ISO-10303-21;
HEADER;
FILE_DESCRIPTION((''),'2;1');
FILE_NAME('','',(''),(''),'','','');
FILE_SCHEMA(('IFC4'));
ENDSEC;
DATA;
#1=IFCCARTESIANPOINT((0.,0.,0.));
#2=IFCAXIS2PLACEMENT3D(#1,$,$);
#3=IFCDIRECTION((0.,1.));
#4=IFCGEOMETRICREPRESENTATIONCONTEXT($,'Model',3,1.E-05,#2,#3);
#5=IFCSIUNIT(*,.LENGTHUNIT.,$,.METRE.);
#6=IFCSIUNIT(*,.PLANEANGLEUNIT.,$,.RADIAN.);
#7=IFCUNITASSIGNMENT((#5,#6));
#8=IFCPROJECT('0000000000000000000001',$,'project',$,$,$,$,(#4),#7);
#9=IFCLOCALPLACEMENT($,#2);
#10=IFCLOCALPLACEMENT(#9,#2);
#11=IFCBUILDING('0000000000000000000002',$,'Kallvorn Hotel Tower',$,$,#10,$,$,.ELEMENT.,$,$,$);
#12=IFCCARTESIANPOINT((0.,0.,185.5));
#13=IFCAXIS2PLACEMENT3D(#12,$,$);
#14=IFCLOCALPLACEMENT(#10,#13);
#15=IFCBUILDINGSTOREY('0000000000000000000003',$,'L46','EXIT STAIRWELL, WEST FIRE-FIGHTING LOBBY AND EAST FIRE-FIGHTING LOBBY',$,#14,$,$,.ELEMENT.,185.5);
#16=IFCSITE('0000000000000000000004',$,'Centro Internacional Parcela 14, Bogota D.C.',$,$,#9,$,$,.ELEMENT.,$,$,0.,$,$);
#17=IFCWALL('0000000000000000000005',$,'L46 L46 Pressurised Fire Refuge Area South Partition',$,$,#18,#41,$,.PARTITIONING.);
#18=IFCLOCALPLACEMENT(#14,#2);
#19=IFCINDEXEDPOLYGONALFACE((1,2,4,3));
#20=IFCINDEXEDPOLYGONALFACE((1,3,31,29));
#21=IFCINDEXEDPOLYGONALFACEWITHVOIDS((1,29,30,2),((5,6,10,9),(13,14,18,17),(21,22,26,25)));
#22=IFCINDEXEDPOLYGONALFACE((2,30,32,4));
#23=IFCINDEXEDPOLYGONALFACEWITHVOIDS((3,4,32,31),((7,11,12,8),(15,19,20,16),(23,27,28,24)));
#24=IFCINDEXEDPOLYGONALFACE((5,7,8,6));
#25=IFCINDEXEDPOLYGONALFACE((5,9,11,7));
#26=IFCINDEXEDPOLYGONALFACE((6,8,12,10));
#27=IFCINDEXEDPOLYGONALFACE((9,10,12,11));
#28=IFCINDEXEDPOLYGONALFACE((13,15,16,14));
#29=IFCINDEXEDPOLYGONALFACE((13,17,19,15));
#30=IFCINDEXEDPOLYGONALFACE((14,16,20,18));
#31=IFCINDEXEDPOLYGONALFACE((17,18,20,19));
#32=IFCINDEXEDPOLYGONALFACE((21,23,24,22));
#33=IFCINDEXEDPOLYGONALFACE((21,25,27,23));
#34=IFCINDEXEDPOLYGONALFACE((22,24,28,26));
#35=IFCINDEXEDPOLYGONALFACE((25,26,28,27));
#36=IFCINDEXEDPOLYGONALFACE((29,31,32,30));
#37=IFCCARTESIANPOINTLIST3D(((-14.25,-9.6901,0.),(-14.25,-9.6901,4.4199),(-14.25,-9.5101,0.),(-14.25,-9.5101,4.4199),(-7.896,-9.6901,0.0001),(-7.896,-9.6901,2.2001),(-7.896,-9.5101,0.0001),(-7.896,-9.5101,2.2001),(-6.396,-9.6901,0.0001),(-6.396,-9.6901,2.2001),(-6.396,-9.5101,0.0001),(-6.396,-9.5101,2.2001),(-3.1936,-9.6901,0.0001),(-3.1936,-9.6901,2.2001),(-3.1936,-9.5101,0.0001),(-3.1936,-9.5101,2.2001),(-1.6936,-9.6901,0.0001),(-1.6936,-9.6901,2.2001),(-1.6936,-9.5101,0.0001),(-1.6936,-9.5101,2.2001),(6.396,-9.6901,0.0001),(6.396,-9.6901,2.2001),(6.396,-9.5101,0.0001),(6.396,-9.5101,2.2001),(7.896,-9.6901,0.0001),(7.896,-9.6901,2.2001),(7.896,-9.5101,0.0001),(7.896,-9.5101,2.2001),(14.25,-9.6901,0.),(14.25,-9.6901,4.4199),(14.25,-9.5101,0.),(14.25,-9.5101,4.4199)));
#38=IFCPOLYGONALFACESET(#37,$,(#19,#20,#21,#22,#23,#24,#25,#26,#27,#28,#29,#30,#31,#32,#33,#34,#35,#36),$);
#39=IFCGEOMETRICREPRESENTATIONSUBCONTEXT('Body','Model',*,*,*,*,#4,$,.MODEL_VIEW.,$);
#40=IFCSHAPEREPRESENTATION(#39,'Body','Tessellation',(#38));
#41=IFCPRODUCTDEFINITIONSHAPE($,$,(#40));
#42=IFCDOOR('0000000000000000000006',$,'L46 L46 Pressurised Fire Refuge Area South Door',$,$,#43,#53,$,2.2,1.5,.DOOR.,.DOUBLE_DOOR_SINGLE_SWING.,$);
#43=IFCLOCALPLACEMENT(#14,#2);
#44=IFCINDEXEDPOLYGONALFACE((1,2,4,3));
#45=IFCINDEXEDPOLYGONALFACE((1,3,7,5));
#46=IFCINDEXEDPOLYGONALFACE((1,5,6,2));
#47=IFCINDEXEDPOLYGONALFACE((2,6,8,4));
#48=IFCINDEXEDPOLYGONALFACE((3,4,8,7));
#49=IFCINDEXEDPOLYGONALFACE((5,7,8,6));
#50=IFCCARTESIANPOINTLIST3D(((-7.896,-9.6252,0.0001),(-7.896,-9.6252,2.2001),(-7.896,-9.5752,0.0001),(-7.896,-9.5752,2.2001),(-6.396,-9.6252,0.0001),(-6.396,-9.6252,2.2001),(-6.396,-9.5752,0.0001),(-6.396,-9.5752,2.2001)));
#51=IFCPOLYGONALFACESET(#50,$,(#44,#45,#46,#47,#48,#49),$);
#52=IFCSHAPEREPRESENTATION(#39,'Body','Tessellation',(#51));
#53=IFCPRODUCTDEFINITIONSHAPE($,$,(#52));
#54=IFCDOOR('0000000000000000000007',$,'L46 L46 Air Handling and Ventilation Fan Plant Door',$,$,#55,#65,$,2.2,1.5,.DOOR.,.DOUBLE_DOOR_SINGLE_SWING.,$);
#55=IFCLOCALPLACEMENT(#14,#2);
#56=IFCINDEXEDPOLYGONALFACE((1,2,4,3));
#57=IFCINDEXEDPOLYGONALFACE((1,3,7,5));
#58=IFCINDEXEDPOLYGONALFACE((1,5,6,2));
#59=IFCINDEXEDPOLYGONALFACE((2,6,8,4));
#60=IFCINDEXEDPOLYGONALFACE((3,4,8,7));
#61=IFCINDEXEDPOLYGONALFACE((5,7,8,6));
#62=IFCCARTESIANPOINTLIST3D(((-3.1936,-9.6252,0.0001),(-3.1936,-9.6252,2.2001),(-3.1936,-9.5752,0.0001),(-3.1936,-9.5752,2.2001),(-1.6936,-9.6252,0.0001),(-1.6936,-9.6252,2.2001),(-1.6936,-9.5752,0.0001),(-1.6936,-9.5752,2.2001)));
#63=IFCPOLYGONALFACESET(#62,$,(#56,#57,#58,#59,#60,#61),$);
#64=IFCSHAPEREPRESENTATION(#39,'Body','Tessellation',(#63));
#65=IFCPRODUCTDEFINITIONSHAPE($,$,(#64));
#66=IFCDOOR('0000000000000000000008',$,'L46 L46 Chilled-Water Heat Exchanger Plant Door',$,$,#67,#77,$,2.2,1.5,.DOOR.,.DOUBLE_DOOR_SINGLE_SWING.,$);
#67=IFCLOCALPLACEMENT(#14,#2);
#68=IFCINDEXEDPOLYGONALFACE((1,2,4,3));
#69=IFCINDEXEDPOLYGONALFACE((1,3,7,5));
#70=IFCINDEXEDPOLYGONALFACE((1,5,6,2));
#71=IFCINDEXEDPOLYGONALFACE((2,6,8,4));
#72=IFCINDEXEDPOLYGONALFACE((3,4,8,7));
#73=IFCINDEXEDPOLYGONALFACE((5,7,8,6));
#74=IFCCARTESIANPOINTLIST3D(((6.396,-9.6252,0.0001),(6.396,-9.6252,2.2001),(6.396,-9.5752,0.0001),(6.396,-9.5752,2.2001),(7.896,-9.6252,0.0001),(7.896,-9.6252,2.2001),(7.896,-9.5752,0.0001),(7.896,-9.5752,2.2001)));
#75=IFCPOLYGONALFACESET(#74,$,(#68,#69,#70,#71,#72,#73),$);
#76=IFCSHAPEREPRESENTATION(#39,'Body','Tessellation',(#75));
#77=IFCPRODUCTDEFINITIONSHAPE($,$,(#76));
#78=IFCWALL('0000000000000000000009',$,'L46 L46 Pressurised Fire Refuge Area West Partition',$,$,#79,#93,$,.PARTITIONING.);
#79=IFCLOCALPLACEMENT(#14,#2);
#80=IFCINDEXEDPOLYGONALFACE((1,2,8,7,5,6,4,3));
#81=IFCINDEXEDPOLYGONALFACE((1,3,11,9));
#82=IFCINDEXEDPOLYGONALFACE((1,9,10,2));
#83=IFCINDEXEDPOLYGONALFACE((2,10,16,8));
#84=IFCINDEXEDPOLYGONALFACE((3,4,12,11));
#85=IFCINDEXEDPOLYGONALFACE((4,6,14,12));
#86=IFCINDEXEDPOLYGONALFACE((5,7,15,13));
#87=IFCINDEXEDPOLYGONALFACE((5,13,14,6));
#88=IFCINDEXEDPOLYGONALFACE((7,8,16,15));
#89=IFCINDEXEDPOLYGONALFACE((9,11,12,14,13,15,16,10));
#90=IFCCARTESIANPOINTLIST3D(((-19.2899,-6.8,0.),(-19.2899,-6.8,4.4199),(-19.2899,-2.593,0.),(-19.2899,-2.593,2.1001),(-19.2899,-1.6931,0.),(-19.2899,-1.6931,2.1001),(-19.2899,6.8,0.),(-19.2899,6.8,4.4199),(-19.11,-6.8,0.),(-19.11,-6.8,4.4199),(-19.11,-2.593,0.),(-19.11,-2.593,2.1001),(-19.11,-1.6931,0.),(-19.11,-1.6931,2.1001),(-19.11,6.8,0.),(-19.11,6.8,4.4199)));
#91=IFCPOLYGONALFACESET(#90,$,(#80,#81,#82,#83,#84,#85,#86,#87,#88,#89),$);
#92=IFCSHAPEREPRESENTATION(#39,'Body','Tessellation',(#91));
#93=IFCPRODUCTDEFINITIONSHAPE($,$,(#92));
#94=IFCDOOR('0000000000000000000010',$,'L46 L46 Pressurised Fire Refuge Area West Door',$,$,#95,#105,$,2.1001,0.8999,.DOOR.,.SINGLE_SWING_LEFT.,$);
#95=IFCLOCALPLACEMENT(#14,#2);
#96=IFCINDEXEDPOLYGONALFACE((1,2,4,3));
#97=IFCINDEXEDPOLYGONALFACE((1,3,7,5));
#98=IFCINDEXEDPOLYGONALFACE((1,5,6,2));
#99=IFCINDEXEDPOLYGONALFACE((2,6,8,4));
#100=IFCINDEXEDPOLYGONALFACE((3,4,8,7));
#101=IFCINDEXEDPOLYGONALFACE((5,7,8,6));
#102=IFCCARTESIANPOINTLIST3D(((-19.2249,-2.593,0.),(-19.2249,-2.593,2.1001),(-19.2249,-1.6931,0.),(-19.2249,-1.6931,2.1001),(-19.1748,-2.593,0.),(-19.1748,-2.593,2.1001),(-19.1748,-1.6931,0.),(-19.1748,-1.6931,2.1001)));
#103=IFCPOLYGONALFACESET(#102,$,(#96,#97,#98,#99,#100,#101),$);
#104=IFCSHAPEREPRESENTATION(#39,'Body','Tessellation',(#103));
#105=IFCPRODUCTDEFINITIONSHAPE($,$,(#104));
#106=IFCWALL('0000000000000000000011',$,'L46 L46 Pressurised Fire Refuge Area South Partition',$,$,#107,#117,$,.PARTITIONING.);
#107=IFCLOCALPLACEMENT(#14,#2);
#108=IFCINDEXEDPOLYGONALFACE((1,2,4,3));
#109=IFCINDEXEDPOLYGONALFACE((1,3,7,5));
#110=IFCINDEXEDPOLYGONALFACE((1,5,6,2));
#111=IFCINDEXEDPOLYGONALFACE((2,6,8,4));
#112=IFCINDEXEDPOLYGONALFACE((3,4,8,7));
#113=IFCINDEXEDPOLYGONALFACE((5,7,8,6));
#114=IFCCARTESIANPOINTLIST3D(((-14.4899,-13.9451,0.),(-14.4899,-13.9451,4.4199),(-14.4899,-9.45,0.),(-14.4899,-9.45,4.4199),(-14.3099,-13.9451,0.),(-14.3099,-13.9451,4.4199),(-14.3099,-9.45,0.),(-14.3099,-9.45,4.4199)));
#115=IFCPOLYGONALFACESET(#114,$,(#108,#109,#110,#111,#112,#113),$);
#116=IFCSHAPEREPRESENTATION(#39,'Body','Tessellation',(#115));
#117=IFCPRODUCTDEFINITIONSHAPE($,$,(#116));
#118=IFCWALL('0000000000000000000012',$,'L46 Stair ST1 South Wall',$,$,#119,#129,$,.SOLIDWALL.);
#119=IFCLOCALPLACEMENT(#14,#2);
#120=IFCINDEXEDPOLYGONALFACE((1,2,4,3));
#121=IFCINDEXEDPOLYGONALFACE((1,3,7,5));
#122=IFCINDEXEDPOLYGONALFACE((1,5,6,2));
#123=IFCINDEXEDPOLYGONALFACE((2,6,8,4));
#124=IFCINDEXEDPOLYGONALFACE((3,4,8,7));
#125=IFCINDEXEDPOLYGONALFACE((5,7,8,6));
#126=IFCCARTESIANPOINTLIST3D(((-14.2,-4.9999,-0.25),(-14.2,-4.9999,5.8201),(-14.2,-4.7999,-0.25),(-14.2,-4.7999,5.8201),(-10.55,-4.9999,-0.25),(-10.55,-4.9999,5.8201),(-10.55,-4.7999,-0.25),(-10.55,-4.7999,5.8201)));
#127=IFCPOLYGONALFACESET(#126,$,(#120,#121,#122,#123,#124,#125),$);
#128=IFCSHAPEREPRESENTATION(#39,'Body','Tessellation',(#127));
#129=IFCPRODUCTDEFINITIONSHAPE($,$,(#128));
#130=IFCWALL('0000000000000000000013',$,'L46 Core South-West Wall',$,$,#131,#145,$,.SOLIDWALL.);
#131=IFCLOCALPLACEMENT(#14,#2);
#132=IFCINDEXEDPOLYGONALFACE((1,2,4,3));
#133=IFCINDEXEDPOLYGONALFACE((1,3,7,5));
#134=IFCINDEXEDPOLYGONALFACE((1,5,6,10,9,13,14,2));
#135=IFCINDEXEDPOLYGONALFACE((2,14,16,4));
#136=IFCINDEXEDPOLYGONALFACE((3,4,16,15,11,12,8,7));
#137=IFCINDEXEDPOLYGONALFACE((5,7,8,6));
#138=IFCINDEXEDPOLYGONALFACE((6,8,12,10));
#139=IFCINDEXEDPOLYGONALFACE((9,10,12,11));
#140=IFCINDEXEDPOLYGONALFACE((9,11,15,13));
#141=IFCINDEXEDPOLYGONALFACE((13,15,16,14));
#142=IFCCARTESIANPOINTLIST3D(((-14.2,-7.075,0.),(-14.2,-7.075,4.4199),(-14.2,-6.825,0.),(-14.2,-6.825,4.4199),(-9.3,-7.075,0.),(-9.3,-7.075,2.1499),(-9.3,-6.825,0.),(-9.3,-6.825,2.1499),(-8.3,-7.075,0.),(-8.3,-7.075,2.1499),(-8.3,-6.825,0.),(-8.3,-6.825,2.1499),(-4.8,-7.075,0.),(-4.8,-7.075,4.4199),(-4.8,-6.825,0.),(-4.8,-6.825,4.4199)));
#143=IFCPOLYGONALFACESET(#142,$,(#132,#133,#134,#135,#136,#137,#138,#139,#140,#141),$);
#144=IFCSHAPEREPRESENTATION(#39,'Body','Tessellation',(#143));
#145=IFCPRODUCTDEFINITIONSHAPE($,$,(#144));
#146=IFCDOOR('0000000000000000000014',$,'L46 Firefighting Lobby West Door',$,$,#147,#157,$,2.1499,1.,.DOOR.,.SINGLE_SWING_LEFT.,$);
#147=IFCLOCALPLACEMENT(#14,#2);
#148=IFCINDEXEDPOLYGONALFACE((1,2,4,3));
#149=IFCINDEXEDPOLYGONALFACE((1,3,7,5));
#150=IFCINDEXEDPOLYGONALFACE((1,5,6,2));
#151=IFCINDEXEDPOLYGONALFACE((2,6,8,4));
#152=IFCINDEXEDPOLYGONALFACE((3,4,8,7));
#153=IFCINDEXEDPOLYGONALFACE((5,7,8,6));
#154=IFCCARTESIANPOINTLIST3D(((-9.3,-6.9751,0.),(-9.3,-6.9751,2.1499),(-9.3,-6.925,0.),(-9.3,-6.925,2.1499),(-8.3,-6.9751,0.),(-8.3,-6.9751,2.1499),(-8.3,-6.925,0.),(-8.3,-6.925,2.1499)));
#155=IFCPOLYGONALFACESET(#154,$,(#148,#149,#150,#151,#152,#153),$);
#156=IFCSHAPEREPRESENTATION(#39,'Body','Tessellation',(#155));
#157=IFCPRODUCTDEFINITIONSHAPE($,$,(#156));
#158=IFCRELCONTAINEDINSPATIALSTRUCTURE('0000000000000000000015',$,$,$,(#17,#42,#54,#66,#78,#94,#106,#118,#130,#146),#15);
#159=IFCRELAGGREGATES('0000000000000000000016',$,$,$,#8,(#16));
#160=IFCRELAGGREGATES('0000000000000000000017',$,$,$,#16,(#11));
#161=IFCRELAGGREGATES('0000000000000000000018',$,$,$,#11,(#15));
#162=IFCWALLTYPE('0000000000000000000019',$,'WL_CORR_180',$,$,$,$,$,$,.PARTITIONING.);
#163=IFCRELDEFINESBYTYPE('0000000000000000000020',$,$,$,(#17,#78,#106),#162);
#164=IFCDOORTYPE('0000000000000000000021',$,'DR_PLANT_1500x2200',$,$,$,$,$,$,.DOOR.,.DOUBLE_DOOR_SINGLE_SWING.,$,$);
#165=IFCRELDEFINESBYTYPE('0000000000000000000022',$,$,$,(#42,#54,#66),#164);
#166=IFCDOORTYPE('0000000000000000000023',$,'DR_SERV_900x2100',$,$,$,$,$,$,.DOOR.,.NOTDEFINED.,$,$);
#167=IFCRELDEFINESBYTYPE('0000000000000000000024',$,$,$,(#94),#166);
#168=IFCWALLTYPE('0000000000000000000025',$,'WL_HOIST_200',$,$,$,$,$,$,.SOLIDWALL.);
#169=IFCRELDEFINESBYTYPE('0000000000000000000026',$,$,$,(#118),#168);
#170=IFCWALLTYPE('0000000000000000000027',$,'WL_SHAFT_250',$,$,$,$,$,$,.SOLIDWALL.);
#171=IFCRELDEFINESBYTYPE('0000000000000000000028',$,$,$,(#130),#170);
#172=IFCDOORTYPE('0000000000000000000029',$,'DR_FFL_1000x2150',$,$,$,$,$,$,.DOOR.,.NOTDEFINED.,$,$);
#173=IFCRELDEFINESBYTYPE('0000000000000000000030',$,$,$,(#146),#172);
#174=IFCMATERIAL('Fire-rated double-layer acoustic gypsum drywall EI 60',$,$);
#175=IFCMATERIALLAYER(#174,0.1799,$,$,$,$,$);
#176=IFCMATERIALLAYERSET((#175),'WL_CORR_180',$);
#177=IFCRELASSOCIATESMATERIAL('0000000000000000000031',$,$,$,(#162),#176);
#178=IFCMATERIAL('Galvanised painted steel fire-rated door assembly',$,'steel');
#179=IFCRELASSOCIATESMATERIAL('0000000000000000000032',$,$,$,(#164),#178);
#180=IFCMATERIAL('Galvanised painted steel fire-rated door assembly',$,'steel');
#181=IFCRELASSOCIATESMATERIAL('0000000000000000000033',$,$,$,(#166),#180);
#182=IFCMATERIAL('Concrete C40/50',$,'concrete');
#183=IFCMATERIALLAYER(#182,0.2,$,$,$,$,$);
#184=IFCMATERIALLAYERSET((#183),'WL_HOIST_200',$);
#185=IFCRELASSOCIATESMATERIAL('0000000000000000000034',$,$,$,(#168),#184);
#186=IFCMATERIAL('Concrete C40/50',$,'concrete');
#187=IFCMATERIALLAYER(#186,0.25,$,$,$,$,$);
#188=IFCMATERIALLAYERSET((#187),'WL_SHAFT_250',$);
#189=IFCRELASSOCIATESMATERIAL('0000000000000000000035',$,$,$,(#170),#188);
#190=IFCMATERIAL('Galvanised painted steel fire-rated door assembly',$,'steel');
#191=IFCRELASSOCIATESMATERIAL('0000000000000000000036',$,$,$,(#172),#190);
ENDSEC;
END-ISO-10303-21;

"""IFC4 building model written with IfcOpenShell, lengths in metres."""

from ifc_helpers import new_model, si_unit, direction, frame, frame_2d, origin, place, context, subcontext, project, spatial, rectangle, extrude, material, layer, layer_set, type_object, element, fill, save


model = new_model("IFC4")

# Units and contexts
model_context = context("Model", 3, precision=1e-05, world=origin(), true_north=direction((0.0, 1.0)))
body_context = subcontext(model_context, "Body", "Model", "MODEL_VIEW")
ifc_project = project(units=[si_unit("LENGTHUNIT", "METRE"), si_unit("PLANEANGLEUNIT", "RADIAN")], contexts=[model_context])

# Site, building, storey
site_placement = place(None, origin())
site = spatial("IfcSite", under=ifc_project, at=site_placement, Name="Centro Internacional Parcela 14, Bogota D.C.", CompositionType="ELEMENT", RefElevation=0.0)
building_placement = place(site_placement, origin())
building = spatial("IfcBuilding", under=site, at=building_placement, Name="Kallvorn Hotel Tower", CompositionType="ELEMENT")
storey_placement = place(building_placement, frame((0.0, 0.0, 185.5)))
storey = spatial("IfcBuildingStorey", under=building, at=storey_placement, Name="L46", Description="EXIT STAIRWELL, WEST FIRE-FIGHTING LOBBY AND EAST FIRE-FIGHTING LOBBY", CompositionType="ELEMENT", Elevation=185.5)

# Wall, openings, doors
ifc_material_1 = material(Name="Fire-rated double-layer acoustic gypsum drywall EI 60")
ifc_layer_1 = layer(ifc_material_1, 0.1799)
ifc_layer_set_1 = layer_set([ifc_layer_1], Name="WL_CORR_180")
wall_type_1 = type_object("IfcWallType", Name="WL_CORR_180", PredefinedType="PARTITIONING", material=ifc_layer_set_1)
wall_1_placement = place(storey_placement, frame((-14.25, -9.6001, 0.0), z_axis=(0.0, 0.0, 1.0), x_axis=(1.0, 0.0, 0.0)))
wall_1 = element("IfcWall", 1, at=wall_1_placement, inside=storey, type_object=wall_type_1, Name="L46 L46 Pressurised Fire Refuge Area South Partition", PredefinedType="PARTITIONING", context=body_context, shape_type="SweptSolid", body=[
    extrude(rectangle(XDim=28.5, YDim=0.1799, at=frame_2d((14.25, 0.0))), origin(), (0.0, 0.0, 1.0), 4.4199),
])
opening_1_placement = place(wall_1_placement, frame((6.354, 0.0, 0.0)))
opening_1 = element("IfcOpeningElement", 2, at=opening_1_placement, cuts=wall_1, PredefinedType="OPENING", context=body_context, shape_type="SweptSolid", body=[
    extrude(rectangle(XDim=1.5, YDim=2.2, at=frame_2d((0.75, 1.1001))), frame((0.0, 0.1047, 0.0), z_axis=(0.0, -1.0, 0.0), x_axis=(1.0, 0.0, 0.0)), (0.0, 0.0, 1.0), 0.21),
])
opening_2_placement = place(wall_1_placement, frame((11.0564, 0.0, 0.0)))
opening_2 = element("IfcOpeningElement", 3, at=opening_2_placement, cuts=wall_1, PredefinedType="OPENING", context=body_context, shape_type="SweptSolid", body=[
    extrude(rectangle(XDim=1.5, YDim=2.2, at=frame_2d((0.75, 1.1001))), frame((0.0, 0.1047, 0.0), z_axis=(0.0, -1.0, 0.0), x_axis=(1.0, 0.0, 0.0)), (0.0, 0.0, 1.0), 0.21),
])
opening_3_placement = place(wall_1_placement, frame((20.646, 0.0, 0.0)))
opening_3 = element("IfcOpeningElement", 4, at=opening_3_placement, cuts=wall_1, PredefinedType="OPENING", context=body_context, shape_type="SweptSolid", body=[
    extrude(rectangle(XDim=1.5, YDim=2.2, at=frame_2d((0.75, 1.1001))), frame((0.0, 0.1047, 0.0), z_axis=(0.0, -1.0, 0.0), x_axis=(1.0, 0.0, 0.0)), (0.0, 0.0, 1.0), 0.21),
])
ifc_material_2 = material(Name="Galvanised painted steel fire-rated door assembly", Category="steel")
door_type_1 = type_object("IfcDoorType", Name="DR_PLANT_1500x2200", OperationType="DOUBLE_DOOR_SINGLE_SWING", PredefinedType="DOOR", material=ifc_material_2)
door_1_placement = place(opening_1_placement, origin())
door_1 = element("IfcDoor", 5, at=door_1_placement, inside=storey, type_object=door_type_1, Name="L46 L46 Pressurised Fire Refuge Area South Door", OperationType="DOUBLE_DOOR_SINGLE_SWING", OverallHeight=2.2, OverallWidth=1.5, PredefinedType="DOOR", context=body_context, shape_type="SweptSolid", body=[
    extrude(rectangle(XDim=1.5, YDim=2.2, at=frame_2d((0.75, 1.1001))), frame((0.0, 0.0249, 0.0), z_axis=(0.0, -1.0, 0.0), x_axis=(1.0, 0.0, 0.0)), (0.0, 0.0, 1.0), 0.05),
])
fill(opening_1, door_1)
door_2_placement = place(opening_2_placement, origin())
door_2 = element("IfcDoor", 6, at=door_2_placement, inside=storey, type_object=door_type_1, Name="L46 L46 Air Handling and Ventilation Fan Plant Door", OperationType="DOUBLE_DOOR_SINGLE_SWING", OverallHeight=2.2, OverallWidth=1.5, PredefinedType="DOOR", context=body_context, shape_type="SweptSolid", body=[
    extrude(rectangle(XDim=1.5, YDim=2.2, at=frame_2d((0.75, 1.1001))), frame((0.0, 0.0249, 0.0), z_axis=(0.0, -1.0, 0.0), x_axis=(1.0, 0.0, 0.0)), (0.0, 0.0, 1.0), 0.05),
])
fill(opening_2, door_2)
door_3_placement = place(opening_3_placement, origin())
door_3 = element("IfcDoor", 7, at=door_3_placement, inside=storey, type_object=door_type_1, Name="L46 L46 Chilled-Water Heat Exchanger Plant Door", OperationType="DOUBLE_DOOR_SINGLE_SWING", OverallHeight=2.2, OverallWidth=1.5, PredefinedType="DOOR", context=body_context, shape_type="SweptSolid", body=[
    extrude(rectangle(XDim=1.5, YDim=2.2, at=frame_2d((0.75, 1.1001))), frame((0.0, 0.0249, 0.0), z_axis=(0.0, -1.0, 0.0), x_axis=(1.0, 0.0, 0.0)), (0.0, 0.0, 1.0), 0.05),
])
fill(opening_3, door_3)

# Wall, opening, door
wall_2_placement = place(storey_placement, frame((-19.2, -6.8, 0.0), z_axis=(0.0, 0.0, 1.0), x_axis=(0.0, 1.0, 0.0)))
wall_2 = element("IfcWall", 8, at=wall_2_placement, inside=storey, type_object=wall_type_1, Name="L46 L46 Pressurised Fire Refuge Area West Partition", PredefinedType="PARTITIONING", context=body_context, shape_type="SweptSolid", body=[
    extrude(rectangle(XDim=13.6001, YDim=0.1799, at=frame_2d((6.8, 0.0))), origin(), (0.0, 0.0, 1.0), 4.4199),
])
opening_4_placement = place(wall_2_placement, frame((4.207, 0.0, 0.0)))
opening_4 = element("IfcOpeningElement", 9, at=opening_4_placement, cuts=wall_2, PredefinedType="OPENING", context=body_context, shape_type="SweptSolid", body=[
    extrude(rectangle(XDim=0.8999, YDim=2.1001, at=frame_2d((0.45, 1.05))), frame((0.0, 0.1047, 0.0), z_axis=(0.0, -1.0, 0.0), x_axis=(1.0, 0.0, 0.0)), (0.0, 0.0, 1.0), 0.21),
])
ifc_material_3 = material(Name="Galvanised painted steel fire-rated door assembly", Category="steel")
door_type_2 = type_object("IfcDoorType", Name="DR_SERV_900x2100", OperationType="NOTDEFINED", PredefinedType="DOOR", material=ifc_material_3)
door_4_placement = place(opening_4_placement, origin())
door_4 = element("IfcDoor", 10, at=door_4_placement, inside=storey, type_object=door_type_2, Name="L46 L46 Pressurised Fire Refuge Area West Door", OperationType="SINGLE_SWING_LEFT", OverallHeight=2.1001, OverallWidth=0.8999, PredefinedType="DOOR", context=body_context, shape_type="SweptSolid", body=[
    extrude(rectangle(XDim=0.8999, YDim=2.1001, at=frame_2d((0.45, 1.05))), frame((0.0, 0.0249, 0.0), z_axis=(0.0, -1.0, 0.0), x_axis=(1.0, 0.0, 0.0)), (0.0, 0.0, 1.0), 0.05),
])
fill(opening_4, door_4)

# Walls
wall_3_placement = place(storey_placement, frame((-14.3999, -13.9451, 0.0), z_axis=(0.0, 0.0, 1.0), x_axis=(0.0, 1.0, 0.0)))
element("IfcWall", 11, at=wall_3_placement, inside=storey, type_object=wall_type_1, Name="L46 L46 Pressurised Fire Refuge Area South Partition", PredefinedType="PARTITIONING", context=body_context, shape_type="SweptSolid", body=[
    extrude(rectangle(XDim=4.4951, YDim=0.1799, at=frame_2d((2.2476, 0.0))), origin(), (0.0, 0.0, 1.0), 4.4199),
])
ifc_material_4 = material(Name="Concrete C40/50", Category="concrete")
ifc_layer_2 = layer(ifc_material_4, 0.2)
ifc_layer_set_2 = layer_set([ifc_layer_2], Name="WL_HOIST_200")
wall_type_2 = type_object("IfcWallType", Name="WL_HOIST_200", PredefinedType="SOLIDWALL", material=ifc_layer_set_2)
wall_4_placement = place(storey_placement, frame((-14.2, -4.8999, -0.25), z_axis=(0.0, 0.0, 1.0), x_axis=(1.0, 0.0, 0.0)))
element("IfcWall", 12, at=wall_4_placement, inside=storey, type_object=wall_type_2, Name="L46 Stair ST1 South Wall", PredefinedType="SOLIDWALL", context=body_context, shape_type="SweptSolid", body=[
    extrude(rectangle(XDim=3.6499, YDim=0.2, at=frame_2d((1.825, 0.0))), origin(), (0.0, 0.0, 1.0), 6.0701),
])

# Wall, opening, door
ifc_material_5 = material(Name="Concrete C40/50", Category="concrete")
ifc_layer_3 = layer(ifc_material_5, 0.25)
ifc_layer_set_3 = layer_set([ifc_layer_3], Name="WL_SHAFT_250")
wall_type_3 = type_object("IfcWallType", Name="WL_SHAFT_250", PredefinedType="SOLIDWALL", material=ifc_layer_set_3)
wall_5_placement = place(storey_placement, frame((-14.2, -6.95, 0.0), z_axis=(0.0, 0.0, 1.0), x_axis=(1.0, 0.0, 0.0)))
wall_5 = element("IfcWall", 13, at=wall_5_placement, inside=storey, type_object=wall_type_3, Name="L46 Core South-West Wall", PredefinedType="SOLIDWALL", context=body_context, shape_type="SweptSolid", body=[
    extrude(rectangle(XDim=9.3999, YDim=0.25, at=frame_2d((4.7, 0.0))), origin(), (0.0, 0.0, 1.0), 4.4199),
])
opening_5_placement = place(wall_5_placement, frame((4.8999, 0.0, 0.0)))
opening_5 = element("IfcOpeningElement", 14, at=opening_5_placement, cuts=wall_5, PredefinedType="OPENING", context=body_context, shape_type="SweptSolid", body=[
    extrude(rectangle(XDim=1.0, YDim=2.1499, at=frame_2d((0.5, 1.075))), frame((0.0, 0.1399, 0.0), z_axis=(0.0, -1.0, 0.0), x_axis=(1.0, 0.0, 0.0)), (0.0, 0.0, 1.0), 0.28),
])
ifc_material_6 = material(Name="Galvanised painted steel fire-rated door assembly", Category="steel")
door_type_3 = type_object("IfcDoorType", Name="DR_FFL_1000x2150", OperationType="NOTDEFINED", PredefinedType="DOOR", material=ifc_material_6)
door_5_placement = place(opening_5_placement, origin())
door_5 = element("IfcDoor", 15, at=door_5_placement, inside=storey, type_object=door_type_3, Name="L46 Firefighting Lobby West Door", OperationType="SINGLE_SWING_LEFT", OverallHeight=2.1499, OverallWidth=1.0, PredefinedType="DOOR", context=body_context, shape_type="SweptSolid", body=[
    extrude(rectangle(XDim=1.0, YDim=2.1499, at=frame_2d((0.5, 1.075))), frame((0.0, 0.0249, 0.0), z_axis=(0.0, -1.0, 0.0), x_axis=(1.0, 0.0, 0.0)), (0.0, 0.0, 1.0), 0.05),
])
fill(opening_5, door_5)

save(model, "model.ifc")
